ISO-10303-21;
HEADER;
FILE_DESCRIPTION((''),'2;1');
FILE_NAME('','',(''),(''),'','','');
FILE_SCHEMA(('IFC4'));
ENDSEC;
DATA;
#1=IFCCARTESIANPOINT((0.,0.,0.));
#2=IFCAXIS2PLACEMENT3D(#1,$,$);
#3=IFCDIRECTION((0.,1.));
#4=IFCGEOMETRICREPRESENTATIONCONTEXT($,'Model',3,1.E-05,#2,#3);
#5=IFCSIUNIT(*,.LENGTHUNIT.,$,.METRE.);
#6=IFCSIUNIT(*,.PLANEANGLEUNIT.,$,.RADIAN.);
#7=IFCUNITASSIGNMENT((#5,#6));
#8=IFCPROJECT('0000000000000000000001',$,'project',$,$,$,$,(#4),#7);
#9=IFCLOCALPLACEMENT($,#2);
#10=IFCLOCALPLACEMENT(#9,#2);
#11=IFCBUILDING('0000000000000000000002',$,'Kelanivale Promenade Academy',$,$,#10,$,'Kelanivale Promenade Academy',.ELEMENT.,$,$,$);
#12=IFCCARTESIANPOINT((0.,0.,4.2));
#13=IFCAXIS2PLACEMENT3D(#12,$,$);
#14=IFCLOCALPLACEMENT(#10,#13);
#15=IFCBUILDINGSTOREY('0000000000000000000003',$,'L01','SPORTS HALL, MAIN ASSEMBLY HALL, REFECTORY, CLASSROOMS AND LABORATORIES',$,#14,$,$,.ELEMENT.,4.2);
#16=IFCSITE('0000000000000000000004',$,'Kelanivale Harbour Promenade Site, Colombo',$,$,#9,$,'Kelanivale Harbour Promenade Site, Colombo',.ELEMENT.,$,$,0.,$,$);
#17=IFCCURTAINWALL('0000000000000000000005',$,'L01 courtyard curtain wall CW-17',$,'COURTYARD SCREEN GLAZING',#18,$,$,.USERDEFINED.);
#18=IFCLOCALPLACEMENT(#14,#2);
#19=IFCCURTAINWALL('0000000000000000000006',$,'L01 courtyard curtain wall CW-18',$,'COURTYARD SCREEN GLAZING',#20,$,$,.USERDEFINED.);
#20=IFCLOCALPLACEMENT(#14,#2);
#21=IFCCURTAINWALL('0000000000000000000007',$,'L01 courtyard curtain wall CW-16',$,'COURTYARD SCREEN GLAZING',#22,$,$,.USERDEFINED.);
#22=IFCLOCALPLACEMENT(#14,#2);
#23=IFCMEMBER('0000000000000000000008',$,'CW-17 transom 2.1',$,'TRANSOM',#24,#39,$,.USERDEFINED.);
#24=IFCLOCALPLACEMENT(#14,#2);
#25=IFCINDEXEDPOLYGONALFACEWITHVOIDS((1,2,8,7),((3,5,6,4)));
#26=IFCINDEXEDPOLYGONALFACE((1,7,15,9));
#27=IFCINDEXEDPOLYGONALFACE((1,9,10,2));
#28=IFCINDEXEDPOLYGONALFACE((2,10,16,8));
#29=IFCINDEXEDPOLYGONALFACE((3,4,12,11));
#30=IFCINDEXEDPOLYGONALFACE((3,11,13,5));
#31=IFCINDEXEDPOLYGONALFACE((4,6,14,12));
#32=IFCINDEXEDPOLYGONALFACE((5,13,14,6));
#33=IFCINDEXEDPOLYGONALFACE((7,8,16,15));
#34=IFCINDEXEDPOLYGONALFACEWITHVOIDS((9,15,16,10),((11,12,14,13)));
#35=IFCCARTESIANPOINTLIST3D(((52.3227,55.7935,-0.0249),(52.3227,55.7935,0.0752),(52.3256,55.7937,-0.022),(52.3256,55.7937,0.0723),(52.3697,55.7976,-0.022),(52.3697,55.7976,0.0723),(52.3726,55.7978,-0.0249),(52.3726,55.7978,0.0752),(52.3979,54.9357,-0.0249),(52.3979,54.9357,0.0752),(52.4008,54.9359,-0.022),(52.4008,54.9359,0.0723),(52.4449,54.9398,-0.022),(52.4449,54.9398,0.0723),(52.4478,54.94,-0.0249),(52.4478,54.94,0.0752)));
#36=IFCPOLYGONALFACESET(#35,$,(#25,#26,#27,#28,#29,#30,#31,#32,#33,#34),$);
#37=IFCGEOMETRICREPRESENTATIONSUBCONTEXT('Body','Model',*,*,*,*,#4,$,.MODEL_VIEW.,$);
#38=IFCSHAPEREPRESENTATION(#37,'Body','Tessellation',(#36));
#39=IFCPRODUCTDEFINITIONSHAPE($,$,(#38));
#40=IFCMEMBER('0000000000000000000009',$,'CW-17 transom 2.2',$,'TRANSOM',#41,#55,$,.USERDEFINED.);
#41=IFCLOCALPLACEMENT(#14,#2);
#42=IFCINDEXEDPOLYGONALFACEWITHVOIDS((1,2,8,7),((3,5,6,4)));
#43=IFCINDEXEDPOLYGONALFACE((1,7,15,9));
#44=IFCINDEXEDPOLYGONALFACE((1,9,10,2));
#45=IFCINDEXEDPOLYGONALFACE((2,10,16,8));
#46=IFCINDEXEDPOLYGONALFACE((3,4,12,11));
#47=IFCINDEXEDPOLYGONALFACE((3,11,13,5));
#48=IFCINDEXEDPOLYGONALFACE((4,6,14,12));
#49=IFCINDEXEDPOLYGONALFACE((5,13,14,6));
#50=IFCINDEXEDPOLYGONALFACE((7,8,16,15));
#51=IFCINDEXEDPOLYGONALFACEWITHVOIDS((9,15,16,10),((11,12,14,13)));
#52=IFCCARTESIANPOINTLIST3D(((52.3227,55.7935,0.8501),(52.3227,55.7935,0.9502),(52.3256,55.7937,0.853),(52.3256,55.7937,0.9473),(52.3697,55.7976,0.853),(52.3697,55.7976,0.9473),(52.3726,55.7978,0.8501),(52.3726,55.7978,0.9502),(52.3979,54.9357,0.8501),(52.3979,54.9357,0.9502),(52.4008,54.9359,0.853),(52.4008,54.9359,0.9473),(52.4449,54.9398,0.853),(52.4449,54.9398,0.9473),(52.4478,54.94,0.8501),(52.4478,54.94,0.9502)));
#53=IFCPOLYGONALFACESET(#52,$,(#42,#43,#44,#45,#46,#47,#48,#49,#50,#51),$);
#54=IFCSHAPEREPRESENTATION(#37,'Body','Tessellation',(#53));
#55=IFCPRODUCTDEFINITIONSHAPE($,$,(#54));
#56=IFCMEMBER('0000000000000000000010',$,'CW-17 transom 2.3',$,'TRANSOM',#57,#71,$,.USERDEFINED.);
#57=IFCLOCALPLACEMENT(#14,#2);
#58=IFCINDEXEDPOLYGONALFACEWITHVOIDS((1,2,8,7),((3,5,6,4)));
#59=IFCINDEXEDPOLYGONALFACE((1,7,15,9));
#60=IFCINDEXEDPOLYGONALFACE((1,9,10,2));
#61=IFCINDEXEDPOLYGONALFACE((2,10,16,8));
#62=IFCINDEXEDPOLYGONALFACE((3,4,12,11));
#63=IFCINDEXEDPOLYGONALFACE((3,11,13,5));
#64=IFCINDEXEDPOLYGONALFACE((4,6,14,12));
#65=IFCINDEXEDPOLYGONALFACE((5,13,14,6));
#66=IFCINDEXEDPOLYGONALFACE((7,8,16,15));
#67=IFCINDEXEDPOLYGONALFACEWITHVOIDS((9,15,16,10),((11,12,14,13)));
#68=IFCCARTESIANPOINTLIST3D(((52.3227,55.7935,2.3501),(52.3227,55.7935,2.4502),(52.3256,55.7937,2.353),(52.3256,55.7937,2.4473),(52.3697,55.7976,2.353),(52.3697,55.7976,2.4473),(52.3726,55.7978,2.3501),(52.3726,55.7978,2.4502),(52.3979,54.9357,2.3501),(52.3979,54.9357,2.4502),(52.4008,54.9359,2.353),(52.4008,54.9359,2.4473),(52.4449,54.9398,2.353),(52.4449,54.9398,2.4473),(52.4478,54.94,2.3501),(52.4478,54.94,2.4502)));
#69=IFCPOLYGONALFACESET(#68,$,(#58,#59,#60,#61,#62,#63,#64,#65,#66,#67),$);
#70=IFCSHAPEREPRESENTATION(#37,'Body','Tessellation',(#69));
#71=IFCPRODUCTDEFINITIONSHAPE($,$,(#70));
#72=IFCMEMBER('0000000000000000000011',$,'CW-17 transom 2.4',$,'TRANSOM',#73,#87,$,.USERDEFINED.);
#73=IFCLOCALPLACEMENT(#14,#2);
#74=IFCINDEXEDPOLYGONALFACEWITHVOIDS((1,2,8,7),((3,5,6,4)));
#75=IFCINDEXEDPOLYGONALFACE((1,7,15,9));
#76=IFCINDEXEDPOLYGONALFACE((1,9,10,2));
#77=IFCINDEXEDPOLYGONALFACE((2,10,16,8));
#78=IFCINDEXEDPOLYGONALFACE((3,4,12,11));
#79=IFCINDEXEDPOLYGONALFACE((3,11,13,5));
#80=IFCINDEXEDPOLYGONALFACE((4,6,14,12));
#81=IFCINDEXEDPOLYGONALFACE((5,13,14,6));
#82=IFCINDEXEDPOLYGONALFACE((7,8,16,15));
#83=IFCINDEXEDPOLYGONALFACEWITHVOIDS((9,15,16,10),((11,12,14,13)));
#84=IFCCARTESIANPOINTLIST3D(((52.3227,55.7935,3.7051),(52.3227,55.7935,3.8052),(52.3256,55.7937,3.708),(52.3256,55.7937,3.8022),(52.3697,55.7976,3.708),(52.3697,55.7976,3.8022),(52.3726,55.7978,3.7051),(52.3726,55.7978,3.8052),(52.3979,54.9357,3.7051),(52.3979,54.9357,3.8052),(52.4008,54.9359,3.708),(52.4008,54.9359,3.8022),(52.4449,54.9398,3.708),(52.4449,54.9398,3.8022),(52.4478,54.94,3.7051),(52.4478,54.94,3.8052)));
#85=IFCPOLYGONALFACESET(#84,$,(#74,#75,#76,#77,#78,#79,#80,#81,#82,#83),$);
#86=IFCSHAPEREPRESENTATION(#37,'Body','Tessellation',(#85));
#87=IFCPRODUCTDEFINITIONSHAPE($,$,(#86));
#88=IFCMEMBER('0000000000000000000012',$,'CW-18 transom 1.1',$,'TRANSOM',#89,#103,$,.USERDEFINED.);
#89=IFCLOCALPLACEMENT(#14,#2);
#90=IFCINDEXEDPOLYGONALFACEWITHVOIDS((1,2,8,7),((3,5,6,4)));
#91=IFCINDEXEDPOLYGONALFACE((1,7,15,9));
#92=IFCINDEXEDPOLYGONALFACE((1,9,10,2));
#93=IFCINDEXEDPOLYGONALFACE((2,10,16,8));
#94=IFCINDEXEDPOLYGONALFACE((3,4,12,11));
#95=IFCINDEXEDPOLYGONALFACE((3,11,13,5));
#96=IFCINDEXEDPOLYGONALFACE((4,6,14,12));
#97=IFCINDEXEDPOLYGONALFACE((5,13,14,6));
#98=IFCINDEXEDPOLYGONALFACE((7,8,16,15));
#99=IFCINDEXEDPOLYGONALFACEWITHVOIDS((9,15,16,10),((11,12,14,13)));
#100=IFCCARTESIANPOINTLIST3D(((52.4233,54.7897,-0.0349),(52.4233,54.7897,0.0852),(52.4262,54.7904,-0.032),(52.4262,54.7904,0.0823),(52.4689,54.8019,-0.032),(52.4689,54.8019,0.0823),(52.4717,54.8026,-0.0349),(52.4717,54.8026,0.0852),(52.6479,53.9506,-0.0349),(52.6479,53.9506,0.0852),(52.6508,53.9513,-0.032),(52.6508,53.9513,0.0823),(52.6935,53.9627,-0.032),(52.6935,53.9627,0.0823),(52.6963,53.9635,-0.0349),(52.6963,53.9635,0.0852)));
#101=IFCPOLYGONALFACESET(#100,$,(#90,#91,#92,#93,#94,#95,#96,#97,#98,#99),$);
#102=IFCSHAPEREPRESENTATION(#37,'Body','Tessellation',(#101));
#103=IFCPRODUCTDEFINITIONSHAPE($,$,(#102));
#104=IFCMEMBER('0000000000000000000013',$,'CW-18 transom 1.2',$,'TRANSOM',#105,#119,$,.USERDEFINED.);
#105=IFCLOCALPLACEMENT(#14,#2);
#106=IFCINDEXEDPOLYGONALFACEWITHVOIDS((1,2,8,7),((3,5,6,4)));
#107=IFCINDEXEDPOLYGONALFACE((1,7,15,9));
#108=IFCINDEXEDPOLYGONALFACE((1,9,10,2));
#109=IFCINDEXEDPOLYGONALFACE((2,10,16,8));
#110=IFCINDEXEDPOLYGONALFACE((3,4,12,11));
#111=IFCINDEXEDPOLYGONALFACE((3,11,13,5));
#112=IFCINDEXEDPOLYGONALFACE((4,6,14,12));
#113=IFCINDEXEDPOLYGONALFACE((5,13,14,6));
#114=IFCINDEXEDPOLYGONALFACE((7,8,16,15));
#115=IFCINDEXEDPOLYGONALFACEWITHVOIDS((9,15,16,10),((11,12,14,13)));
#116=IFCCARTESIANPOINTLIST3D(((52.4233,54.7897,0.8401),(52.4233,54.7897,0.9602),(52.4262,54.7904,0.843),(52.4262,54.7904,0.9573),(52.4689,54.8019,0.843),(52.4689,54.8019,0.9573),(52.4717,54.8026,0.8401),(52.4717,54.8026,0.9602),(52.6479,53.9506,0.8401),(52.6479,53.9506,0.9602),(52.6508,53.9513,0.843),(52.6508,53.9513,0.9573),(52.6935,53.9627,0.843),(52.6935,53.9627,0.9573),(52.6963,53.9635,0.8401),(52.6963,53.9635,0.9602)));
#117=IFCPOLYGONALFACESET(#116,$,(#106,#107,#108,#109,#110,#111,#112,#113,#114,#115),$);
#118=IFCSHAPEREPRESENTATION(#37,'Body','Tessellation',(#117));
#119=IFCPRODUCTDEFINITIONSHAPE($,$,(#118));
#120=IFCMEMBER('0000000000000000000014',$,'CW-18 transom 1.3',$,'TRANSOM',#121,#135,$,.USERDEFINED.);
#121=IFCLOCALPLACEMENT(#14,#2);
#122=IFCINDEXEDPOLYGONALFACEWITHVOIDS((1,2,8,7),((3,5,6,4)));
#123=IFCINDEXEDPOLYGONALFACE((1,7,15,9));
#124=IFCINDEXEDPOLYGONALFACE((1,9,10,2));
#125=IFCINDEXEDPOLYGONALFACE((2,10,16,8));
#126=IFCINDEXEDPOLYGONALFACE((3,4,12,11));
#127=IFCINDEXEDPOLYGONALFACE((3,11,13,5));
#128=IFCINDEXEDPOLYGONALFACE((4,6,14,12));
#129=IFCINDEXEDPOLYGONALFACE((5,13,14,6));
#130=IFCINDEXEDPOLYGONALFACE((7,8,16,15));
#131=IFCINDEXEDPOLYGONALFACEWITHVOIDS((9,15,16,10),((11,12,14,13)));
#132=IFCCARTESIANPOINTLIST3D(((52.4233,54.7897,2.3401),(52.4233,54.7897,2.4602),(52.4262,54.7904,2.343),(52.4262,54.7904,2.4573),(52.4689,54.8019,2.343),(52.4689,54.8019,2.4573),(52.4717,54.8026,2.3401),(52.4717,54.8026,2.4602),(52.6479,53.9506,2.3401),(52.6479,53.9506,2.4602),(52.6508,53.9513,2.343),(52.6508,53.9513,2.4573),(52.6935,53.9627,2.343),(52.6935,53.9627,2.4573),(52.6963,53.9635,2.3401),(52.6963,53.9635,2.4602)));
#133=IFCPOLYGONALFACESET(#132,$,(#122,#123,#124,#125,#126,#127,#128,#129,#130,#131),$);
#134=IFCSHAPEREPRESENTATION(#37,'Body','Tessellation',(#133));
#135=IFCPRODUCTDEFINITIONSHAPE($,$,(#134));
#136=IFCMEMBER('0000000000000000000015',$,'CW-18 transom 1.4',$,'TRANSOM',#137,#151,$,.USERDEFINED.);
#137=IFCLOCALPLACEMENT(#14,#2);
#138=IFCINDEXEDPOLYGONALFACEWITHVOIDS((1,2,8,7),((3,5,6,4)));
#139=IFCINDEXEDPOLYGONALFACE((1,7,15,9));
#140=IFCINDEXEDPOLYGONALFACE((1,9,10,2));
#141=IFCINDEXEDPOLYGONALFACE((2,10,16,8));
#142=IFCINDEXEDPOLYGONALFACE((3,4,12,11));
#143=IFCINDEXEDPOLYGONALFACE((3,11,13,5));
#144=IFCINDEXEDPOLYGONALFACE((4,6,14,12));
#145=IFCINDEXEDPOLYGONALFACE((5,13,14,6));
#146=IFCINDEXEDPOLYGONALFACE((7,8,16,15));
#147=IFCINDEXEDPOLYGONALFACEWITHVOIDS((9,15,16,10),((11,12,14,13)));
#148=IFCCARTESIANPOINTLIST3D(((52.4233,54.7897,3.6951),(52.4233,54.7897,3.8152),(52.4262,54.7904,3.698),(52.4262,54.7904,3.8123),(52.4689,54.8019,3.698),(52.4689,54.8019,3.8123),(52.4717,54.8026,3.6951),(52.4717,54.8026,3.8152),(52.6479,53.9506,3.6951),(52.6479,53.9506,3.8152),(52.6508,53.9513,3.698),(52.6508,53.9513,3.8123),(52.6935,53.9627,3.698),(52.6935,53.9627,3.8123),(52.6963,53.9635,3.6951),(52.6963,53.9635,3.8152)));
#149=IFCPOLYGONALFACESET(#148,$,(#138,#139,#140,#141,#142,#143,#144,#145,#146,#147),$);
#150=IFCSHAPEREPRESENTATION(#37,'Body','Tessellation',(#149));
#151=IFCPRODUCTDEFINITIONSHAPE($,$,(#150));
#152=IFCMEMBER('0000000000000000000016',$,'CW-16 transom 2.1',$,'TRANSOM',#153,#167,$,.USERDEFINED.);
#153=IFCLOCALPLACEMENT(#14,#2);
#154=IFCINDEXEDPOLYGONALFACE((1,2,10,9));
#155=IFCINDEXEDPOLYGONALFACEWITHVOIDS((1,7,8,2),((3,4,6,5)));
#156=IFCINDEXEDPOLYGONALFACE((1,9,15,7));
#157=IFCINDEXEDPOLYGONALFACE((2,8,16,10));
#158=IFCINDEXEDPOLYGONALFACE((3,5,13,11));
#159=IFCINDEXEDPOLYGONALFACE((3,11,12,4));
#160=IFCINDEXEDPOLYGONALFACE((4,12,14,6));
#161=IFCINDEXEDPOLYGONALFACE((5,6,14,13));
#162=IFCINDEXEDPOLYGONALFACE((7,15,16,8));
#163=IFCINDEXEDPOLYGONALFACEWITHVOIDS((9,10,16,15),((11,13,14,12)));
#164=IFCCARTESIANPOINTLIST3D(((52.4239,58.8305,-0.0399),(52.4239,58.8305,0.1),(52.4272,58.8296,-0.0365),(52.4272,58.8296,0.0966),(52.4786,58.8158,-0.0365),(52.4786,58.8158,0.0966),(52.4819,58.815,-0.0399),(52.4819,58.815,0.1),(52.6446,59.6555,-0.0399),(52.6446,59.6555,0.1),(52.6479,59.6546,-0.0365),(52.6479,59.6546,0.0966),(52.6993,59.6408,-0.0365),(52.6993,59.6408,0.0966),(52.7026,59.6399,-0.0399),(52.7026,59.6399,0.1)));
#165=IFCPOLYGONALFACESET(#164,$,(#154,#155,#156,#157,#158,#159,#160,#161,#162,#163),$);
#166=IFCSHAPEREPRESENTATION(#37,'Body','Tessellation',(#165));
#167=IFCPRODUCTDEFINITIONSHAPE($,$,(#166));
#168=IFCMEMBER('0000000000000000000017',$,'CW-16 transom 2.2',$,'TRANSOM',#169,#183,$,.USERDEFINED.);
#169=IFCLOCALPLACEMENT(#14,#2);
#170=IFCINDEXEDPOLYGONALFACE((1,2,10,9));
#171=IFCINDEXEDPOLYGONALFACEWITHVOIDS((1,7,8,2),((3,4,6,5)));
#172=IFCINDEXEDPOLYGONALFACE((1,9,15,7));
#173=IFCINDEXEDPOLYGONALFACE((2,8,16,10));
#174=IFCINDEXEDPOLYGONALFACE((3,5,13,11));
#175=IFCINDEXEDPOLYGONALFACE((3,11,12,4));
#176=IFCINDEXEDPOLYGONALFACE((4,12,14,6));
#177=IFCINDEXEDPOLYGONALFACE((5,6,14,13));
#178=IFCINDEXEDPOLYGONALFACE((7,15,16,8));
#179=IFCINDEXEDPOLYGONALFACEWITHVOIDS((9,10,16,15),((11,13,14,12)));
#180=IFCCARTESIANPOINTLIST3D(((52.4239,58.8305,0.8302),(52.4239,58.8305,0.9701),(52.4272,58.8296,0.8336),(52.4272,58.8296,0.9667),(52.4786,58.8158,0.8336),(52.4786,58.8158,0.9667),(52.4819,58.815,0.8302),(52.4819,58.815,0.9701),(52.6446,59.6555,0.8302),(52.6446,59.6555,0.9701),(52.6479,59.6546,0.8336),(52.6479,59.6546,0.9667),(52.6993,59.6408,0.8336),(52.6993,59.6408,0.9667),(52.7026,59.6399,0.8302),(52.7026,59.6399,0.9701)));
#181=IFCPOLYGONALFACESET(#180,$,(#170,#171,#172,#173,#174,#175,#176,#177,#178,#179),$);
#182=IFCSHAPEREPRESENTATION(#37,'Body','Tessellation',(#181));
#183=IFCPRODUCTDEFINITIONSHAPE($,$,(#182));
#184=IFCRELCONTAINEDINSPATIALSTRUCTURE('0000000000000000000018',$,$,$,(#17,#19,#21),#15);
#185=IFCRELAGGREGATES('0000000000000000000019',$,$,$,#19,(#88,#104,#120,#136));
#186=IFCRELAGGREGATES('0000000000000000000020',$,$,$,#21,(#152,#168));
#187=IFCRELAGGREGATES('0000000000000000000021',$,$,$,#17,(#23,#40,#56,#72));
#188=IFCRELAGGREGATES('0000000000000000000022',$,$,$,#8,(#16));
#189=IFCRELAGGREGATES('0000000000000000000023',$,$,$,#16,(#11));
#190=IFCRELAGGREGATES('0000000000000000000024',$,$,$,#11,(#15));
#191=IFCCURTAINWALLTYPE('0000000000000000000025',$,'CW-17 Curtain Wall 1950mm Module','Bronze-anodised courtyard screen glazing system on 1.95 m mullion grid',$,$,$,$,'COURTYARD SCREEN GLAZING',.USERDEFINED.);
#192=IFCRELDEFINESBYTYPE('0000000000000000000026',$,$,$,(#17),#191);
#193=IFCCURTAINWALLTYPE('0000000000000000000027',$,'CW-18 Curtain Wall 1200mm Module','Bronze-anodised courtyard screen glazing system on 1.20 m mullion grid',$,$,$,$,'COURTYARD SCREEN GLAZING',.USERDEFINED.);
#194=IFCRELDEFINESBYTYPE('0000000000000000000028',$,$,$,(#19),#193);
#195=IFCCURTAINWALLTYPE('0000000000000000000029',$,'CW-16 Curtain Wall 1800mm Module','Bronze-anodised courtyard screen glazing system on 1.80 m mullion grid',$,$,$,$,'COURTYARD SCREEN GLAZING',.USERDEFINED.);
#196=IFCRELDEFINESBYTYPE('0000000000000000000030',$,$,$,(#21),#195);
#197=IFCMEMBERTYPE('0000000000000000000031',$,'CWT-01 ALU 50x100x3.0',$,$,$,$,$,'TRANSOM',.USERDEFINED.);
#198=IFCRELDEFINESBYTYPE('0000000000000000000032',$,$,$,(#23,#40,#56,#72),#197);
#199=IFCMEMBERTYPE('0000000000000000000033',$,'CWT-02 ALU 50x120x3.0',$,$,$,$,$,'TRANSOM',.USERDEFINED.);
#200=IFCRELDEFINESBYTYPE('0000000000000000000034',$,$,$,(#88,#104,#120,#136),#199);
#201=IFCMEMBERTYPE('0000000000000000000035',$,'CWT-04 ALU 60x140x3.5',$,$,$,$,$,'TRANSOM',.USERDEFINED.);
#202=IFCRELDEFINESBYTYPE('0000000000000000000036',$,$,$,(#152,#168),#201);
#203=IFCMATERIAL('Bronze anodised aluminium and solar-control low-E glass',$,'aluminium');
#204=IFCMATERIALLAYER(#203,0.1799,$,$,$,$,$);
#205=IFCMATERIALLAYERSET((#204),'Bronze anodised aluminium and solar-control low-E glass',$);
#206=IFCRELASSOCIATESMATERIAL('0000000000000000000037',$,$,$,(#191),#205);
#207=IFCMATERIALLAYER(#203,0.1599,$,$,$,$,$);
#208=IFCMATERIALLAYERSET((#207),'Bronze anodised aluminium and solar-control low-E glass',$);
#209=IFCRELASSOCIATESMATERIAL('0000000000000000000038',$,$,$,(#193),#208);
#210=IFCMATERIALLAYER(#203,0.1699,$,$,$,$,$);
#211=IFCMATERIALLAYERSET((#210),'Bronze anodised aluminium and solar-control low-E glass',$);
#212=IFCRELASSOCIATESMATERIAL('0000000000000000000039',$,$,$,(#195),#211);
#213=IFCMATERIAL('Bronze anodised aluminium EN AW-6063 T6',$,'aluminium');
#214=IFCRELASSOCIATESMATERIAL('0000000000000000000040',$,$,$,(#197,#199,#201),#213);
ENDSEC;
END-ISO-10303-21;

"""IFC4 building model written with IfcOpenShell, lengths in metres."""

from ifc_helpers import new_model, si_unit, direction, frame, origin, origin_2d, place, context, subcontext, project, spatial, hollow_rectangle, extrude, material, layer, layer_set, material_profile, profile_set, type_object, element, aggregate, save


model = new_model("IFC4")

# Units and contexts
model_context = context("Model", 3, precision=1e-05, world=origin(), true_north=direction((0.0, 1.0)))
body_context = subcontext(model_context, "Body", "Model", "MODEL_VIEW")
ifc_project = project(units=[si_unit("LENGTHUNIT", "METRE"), si_unit("PLANEANGLEUNIT", "RADIAN")], contexts=[model_context])

# Site, building, storey
site_placement = place(None, origin())
site = spatial("IfcSite", under=ifc_project, at=site_placement, Name="Kelanivale Harbour Promenade Site, Colombo", LongName="Kelanivale Harbour Promenade Site, Colombo", CompositionType="ELEMENT", RefElevation=0.0)
building_placement = place(site_placement, origin())
building = spatial("IfcBuilding", under=site, at=building_placement, Name="Kelanivale Promenade Academy", LongName="Kelanivale Promenade Academy", CompositionType="ELEMENT")
storey_placement = place(building_placement, frame((0.0, 0.0, 4.2)))
storey = spatial("IfcBuildingStorey", under=building, at=storey_placement, Name="L01", Description="SPORTS HALL, MAIN ASSEMBLY HALL, REFECTORY, CLASSROOMS AND LABORATORIES", CompositionType="ELEMENT", Elevation=4.2)

# Curtain wall
ifc_material_1 = material(Name="Bronze anodised aluminium and solar-control low-E glass", Category="aluminium")
ifc_layer_1 = layer(ifc_material_1, 0.1799)
ifc_layer_set_1 = layer_set([ifc_layer_1], Name="Bronze anodised aluminium and solar-control low-E glass")
curtain_wall_type_1 = type_object("IfcCurtainWallType", Name="CW-17 Curtain Wall 1950mm Module", Description="Bronze-anodised courtyard screen glazing system on 1.95 m mullion grid", ElementType="COURTYARD SCREEN GLAZING", PredefinedType="USERDEFINED", material=ifc_layer_set_1)
curtain_wall_1_placement = place(storey_placement, origin())
curtain_wall_1 = element("IfcCurtainWall", 1, at=curtain_wall_1_placement, inside=storey, type_object=curtain_wall_type_1, Name="L01 courtyard curtain wall CW-17", ObjectType="COURTYARD SCREEN GLAZING", PredefinedType="USERDEFINED")
ifc_material_2 = material(Name="Bronze anodised aluminium EN AW-6063 T6", Category="aluminium")

# Curtain walls
ifc_layer_2 = layer(ifc_material_1, 0.1599)
ifc_layer_set_2 = layer_set([ifc_layer_2], Name="Bronze anodised aluminium and solar-control low-E glass")
curtain_wall_type_2 = type_object("IfcCurtainWallType", Name="CW-18 Curtain Wall 1200mm Module", Description="Bronze-anodised courtyard screen glazing system on 1.20 m mullion grid", ElementType="COURTYARD SCREEN GLAZING", PredefinedType="USERDEFINED", material=ifc_layer_set_2)
curtain_wall_2_placement = place(storey_placement, origin())
curtain_wall_2 = element("IfcCurtainWall", 2, at=curtain_wall_2_placement, inside=storey, type_object=curtain_wall_type_2, Name="L01 courtyard curtain wall CW-18", ObjectType="COURTYARD SCREEN GLAZING", PredefinedType="USERDEFINED")
ifc_layer_3 = layer(ifc_material_1, 0.1699)
ifc_layer_set_3 = layer_set([ifc_layer_3], Name="Bronze anodised aluminium and solar-control low-E glass")
curtain_wall_type_3 = type_object("IfcCurtainWallType", Name="CW-16 Curtain Wall 1800mm Module", Description="Bronze-anodised courtyard screen glazing system on 1.80 m mullion grid", ElementType="COURTYARD SCREEN GLAZING", PredefinedType="USERDEFINED", material=ifc_layer_set_3)
curtain_wall_3_placement = place(storey_placement, origin())
curtain_wall_3 = element("IfcCurtainWall", 3, at=curtain_wall_3_placement, inside=storey, type_object=curtain_wall_type_3, Name="L01 courtyard curtain wall CW-16", ObjectType="COURTYARD SCREEN GLAZING", PredefinedType="USERDEFINED")

# Members
ifc_material_profile_1 = material_profile(ifc_material_2, hollow_rectangle(XDim=0.05, YDim=0.1001, WallThickness=0.0029, at=origin_2d()), Name="ALU 50x100x3.0")
ifc_profile_set_1 = profile_set([ifc_material_profile_1], Name="Bronze anodised aluminium EN AW-6063 T6")
member_type_1 = type_object("IfcMemberType", Name="CWT-01 ALU 50x100x3.0", ElementType="TRANSOM", PredefinedType="USERDEFINED", material=ifc_profile_set_1)
member_1_placement = place(storey_placement, frame((52.3477, 55.7957, 0.0251), z_axis=(0.087315, -0.996181, 0.0), x_axis=(0.996181, 0.087315, 0.0)))
member_1 = element("IfcMember", 4, at=member_1_placement, type_object=member_type_1, Name="CW-17 transom 2.1", ObjectType="TRANSOM", PredefinedType="USERDEFINED", context=body_context, shape_type="SweptSolid", body=[
    extrude(hollow_rectangle(XDim=0.05, YDim=0.1001, WallThickness=0.0029, at=origin_2d()), origin(), (0.0, 0.0, 1.0), 0.8611),
])
member_2_placement = place(storey_placement, frame((52.3477, 55.7957, 0.9001), z_axis=(0.087315, -0.996181, 0.0), x_axis=(0.996181, 0.087315, 0.0)))
member_2 = element("IfcMember", 5, at=member_2_placement, type_object=member_type_1, Name="CW-17 transom 2.2", ObjectType="TRANSOM", PredefinedType="USERDEFINED", context=body_context, shape_type="SweptSolid", body=[
    extrude(hollow_rectangle(XDim=0.05, YDim=0.1001, WallThickness=0.0029, at=origin_2d()), origin(), (0.0, 0.0, 1.0), 0.8611),
])
member_3_placement = place(storey_placement, frame((52.3477, 55.7957, 2.4001), z_axis=(0.087315, -0.996181, 0.0), x_axis=(0.996181, 0.087315, 0.0)))
member_3 = element("IfcMember", 6, at=member_3_placement, type_object=member_type_1, Name="CW-17 transom 2.3", ObjectType="TRANSOM", PredefinedType="USERDEFINED", context=body_context, shape_type="SweptSolid", body=[
    extrude(hollow_rectangle(XDim=0.05, YDim=0.1001, WallThickness=0.0029, at=origin_2d()), origin(), (0.0, 0.0, 1.0), 0.8611),
])
member_4_placement = place(storey_placement, frame((52.3477, 55.7957, 3.7551), z_axis=(0.087315, -0.996181, 0.0), x_axis=(0.996181, 0.087315, 0.0)))
member_4 = element("IfcMember", 7, at=member_4_placement, type_object=member_type_1, Name="CW-17 transom 2.4", ObjectType="TRANSOM", PredefinedType="USERDEFINED", context=body_context, shape_type="SweptSolid", body=[
    extrude(hollow_rectangle(XDim=0.05, YDim=0.1001, WallThickness=0.0029, at=origin_2d()), origin(), (0.0, 0.0, 1.0), 0.8611),
])
ifc_material_profile_2 = material_profile(ifc_material_2, hollow_rectangle(XDim=0.05, YDim=0.1201, WallThickness=0.0029, at=origin_2d()), Name="ALU 50x120x3.0")
ifc_profile_set_2 = profile_set([ifc_material_profile_2], Name="Bronze anodised aluminium EN AW-6063 T6")
member_type_2 = type_object("IfcMemberType", Name="CWT-02 ALU 50x120x3.0", ElementType="TRANSOM", PredefinedType="USERDEFINED", material=ifc_profile_set_2)
member_5_placement = place(storey_placement, frame((52.4475, 54.7961, 0.0251), z_axis=(0.258572, -0.965992, 0.0), x_axis=(0.965992, 0.258572, 0.0)))
member_5 = element("IfcMember", 8, at=member_5_placement, type_object=member_type_2, Name="CW-18 transom 1.1", ObjectType="TRANSOM", PredefinedType="USERDEFINED", context=body_context, shape_type="SweptSolid", body=[
    extrude(hollow_rectangle(XDim=0.05, YDim=0.1201, WallThickness=0.0029, at=origin_2d()), origin(), (0.0, 0.0, 1.0), 0.8687),
])
member_6_placement = place(storey_placement, frame((52.4475, 54.7961, 0.9001), z_axis=(0.258572, -0.965992, 0.0), x_axis=(0.965992, 0.258572, 0.0)))
member_6 = element("IfcMember", 9, at=member_6_placement, type_object=member_type_2, Name="CW-18 transom 1.2", ObjectType="TRANSOM", PredefinedType="USERDEFINED", context=body_context, shape_type="SweptSolid", body=[
    extrude(hollow_rectangle(XDim=0.05, YDim=0.1201, WallThickness=0.0029, at=origin_2d()), origin(), (0.0, 0.0, 1.0), 0.8687),
])
member_7_placement = place(storey_placement, frame((52.4475, 54.7961, 2.4001), z_axis=(0.258572, -0.965992, 0.0), x_axis=(0.965992, 0.258572, 0.0)))
member_7 = element("IfcMember", 10, at=member_7_placement, type_object=member_type_2, Name="CW-18 transom 1.3", ObjectType="TRANSOM", PredefinedType="USERDEFINED", context=body_context, shape_type="SweptSolid", body=[
    extrude(hollow_rectangle(XDim=0.05, YDim=0.1201, WallThickness=0.0029, at=origin_2d()), origin(), (0.0, 0.0, 1.0), 0.8687),
])
member_8_placement = place(storey_placement, frame((52.4475, 54.7961, 3.7551), z_axis=(0.258572, -0.965992, 0.0), x_axis=(0.965992, 0.258572, 0.0)))
member_8 = element("IfcMember", 11, at=member_8_placement, type_object=member_type_2, Name="CW-18 transom 1.4", ObjectType="TRANSOM", PredefinedType="USERDEFINED", context=body_context, shape_type="SweptSolid", body=[
    extrude(hollow_rectangle(XDim=0.05, YDim=0.1201, WallThickness=0.0029, at=origin_2d()), origin(), (0.0, 0.0, 1.0), 0.8687),
])
aggregate(curtain_wall_2, [member_5, member_6, member_7, member_8])
ifc_material_profile_3 = material_profile(ifc_material_2, hollow_rectangle(XDim=0.0601, YDim=0.1399, WallThickness=0.0034, at=origin_2d()), Name="ALU 60x140x3.5")
ifc_profile_set_3 = profile_set([ifc_material_profile_3], Name="Bronze anodised aluminium EN AW-6063 T6")
member_type_3 = type_object("IfcMemberType", Name="CWT-04 ALU 60x140x3.5", ElementType="TRANSOM", PredefinedType="USERDEFINED", material=ifc_profile_set_3)
member_9_placement = place(storey_placement, frame((52.6736, 59.6477, 0.03), z_axis=(-0.258446, -0.966026, 0.0), x_axis=(0.966026, -0.258446, 0.0)))
member_9 = element("IfcMember", 12, at=member_9_placement, type_object=member_type_3, Name="CW-16 transom 2.1", ObjectType="TRANSOM", PredefinedType="USERDEFINED", context=body_context, shape_type="SweptSolid", body=[
    extrude(hollow_rectangle(XDim=0.0601, YDim=0.1399, WallThickness=0.0034, at=origin_2d()), origin(), (0.0, 0.0, 1.0), 0.854),
])
member_10_placement = place(storey_placement, frame((52.6736, 59.6477, 0.9001), z_axis=(-0.258446, -0.966026, 0.0), x_axis=(0.966026, -0.258446, 0.0)))
member_10 = element("IfcMember", 13, at=member_10_placement, type_object=member_type_3, Name="CW-16 transom 2.2", ObjectType="TRANSOM", PredefinedType="USERDEFINED", context=body_context, shape_type="SweptSolid", body=[
    extrude(hollow_rectangle(XDim=0.0601, YDim=0.1399, WallThickness=0.0034, at=origin_2d()), origin(), (0.0, 0.0, 1.0), 0.854),
])

aggregate(curtain_wall_3, [member_9, member_10])
aggregate(curtain_wall_1, [member_1, member_2, member_3, member_4])

save(model, "model.ifc")
